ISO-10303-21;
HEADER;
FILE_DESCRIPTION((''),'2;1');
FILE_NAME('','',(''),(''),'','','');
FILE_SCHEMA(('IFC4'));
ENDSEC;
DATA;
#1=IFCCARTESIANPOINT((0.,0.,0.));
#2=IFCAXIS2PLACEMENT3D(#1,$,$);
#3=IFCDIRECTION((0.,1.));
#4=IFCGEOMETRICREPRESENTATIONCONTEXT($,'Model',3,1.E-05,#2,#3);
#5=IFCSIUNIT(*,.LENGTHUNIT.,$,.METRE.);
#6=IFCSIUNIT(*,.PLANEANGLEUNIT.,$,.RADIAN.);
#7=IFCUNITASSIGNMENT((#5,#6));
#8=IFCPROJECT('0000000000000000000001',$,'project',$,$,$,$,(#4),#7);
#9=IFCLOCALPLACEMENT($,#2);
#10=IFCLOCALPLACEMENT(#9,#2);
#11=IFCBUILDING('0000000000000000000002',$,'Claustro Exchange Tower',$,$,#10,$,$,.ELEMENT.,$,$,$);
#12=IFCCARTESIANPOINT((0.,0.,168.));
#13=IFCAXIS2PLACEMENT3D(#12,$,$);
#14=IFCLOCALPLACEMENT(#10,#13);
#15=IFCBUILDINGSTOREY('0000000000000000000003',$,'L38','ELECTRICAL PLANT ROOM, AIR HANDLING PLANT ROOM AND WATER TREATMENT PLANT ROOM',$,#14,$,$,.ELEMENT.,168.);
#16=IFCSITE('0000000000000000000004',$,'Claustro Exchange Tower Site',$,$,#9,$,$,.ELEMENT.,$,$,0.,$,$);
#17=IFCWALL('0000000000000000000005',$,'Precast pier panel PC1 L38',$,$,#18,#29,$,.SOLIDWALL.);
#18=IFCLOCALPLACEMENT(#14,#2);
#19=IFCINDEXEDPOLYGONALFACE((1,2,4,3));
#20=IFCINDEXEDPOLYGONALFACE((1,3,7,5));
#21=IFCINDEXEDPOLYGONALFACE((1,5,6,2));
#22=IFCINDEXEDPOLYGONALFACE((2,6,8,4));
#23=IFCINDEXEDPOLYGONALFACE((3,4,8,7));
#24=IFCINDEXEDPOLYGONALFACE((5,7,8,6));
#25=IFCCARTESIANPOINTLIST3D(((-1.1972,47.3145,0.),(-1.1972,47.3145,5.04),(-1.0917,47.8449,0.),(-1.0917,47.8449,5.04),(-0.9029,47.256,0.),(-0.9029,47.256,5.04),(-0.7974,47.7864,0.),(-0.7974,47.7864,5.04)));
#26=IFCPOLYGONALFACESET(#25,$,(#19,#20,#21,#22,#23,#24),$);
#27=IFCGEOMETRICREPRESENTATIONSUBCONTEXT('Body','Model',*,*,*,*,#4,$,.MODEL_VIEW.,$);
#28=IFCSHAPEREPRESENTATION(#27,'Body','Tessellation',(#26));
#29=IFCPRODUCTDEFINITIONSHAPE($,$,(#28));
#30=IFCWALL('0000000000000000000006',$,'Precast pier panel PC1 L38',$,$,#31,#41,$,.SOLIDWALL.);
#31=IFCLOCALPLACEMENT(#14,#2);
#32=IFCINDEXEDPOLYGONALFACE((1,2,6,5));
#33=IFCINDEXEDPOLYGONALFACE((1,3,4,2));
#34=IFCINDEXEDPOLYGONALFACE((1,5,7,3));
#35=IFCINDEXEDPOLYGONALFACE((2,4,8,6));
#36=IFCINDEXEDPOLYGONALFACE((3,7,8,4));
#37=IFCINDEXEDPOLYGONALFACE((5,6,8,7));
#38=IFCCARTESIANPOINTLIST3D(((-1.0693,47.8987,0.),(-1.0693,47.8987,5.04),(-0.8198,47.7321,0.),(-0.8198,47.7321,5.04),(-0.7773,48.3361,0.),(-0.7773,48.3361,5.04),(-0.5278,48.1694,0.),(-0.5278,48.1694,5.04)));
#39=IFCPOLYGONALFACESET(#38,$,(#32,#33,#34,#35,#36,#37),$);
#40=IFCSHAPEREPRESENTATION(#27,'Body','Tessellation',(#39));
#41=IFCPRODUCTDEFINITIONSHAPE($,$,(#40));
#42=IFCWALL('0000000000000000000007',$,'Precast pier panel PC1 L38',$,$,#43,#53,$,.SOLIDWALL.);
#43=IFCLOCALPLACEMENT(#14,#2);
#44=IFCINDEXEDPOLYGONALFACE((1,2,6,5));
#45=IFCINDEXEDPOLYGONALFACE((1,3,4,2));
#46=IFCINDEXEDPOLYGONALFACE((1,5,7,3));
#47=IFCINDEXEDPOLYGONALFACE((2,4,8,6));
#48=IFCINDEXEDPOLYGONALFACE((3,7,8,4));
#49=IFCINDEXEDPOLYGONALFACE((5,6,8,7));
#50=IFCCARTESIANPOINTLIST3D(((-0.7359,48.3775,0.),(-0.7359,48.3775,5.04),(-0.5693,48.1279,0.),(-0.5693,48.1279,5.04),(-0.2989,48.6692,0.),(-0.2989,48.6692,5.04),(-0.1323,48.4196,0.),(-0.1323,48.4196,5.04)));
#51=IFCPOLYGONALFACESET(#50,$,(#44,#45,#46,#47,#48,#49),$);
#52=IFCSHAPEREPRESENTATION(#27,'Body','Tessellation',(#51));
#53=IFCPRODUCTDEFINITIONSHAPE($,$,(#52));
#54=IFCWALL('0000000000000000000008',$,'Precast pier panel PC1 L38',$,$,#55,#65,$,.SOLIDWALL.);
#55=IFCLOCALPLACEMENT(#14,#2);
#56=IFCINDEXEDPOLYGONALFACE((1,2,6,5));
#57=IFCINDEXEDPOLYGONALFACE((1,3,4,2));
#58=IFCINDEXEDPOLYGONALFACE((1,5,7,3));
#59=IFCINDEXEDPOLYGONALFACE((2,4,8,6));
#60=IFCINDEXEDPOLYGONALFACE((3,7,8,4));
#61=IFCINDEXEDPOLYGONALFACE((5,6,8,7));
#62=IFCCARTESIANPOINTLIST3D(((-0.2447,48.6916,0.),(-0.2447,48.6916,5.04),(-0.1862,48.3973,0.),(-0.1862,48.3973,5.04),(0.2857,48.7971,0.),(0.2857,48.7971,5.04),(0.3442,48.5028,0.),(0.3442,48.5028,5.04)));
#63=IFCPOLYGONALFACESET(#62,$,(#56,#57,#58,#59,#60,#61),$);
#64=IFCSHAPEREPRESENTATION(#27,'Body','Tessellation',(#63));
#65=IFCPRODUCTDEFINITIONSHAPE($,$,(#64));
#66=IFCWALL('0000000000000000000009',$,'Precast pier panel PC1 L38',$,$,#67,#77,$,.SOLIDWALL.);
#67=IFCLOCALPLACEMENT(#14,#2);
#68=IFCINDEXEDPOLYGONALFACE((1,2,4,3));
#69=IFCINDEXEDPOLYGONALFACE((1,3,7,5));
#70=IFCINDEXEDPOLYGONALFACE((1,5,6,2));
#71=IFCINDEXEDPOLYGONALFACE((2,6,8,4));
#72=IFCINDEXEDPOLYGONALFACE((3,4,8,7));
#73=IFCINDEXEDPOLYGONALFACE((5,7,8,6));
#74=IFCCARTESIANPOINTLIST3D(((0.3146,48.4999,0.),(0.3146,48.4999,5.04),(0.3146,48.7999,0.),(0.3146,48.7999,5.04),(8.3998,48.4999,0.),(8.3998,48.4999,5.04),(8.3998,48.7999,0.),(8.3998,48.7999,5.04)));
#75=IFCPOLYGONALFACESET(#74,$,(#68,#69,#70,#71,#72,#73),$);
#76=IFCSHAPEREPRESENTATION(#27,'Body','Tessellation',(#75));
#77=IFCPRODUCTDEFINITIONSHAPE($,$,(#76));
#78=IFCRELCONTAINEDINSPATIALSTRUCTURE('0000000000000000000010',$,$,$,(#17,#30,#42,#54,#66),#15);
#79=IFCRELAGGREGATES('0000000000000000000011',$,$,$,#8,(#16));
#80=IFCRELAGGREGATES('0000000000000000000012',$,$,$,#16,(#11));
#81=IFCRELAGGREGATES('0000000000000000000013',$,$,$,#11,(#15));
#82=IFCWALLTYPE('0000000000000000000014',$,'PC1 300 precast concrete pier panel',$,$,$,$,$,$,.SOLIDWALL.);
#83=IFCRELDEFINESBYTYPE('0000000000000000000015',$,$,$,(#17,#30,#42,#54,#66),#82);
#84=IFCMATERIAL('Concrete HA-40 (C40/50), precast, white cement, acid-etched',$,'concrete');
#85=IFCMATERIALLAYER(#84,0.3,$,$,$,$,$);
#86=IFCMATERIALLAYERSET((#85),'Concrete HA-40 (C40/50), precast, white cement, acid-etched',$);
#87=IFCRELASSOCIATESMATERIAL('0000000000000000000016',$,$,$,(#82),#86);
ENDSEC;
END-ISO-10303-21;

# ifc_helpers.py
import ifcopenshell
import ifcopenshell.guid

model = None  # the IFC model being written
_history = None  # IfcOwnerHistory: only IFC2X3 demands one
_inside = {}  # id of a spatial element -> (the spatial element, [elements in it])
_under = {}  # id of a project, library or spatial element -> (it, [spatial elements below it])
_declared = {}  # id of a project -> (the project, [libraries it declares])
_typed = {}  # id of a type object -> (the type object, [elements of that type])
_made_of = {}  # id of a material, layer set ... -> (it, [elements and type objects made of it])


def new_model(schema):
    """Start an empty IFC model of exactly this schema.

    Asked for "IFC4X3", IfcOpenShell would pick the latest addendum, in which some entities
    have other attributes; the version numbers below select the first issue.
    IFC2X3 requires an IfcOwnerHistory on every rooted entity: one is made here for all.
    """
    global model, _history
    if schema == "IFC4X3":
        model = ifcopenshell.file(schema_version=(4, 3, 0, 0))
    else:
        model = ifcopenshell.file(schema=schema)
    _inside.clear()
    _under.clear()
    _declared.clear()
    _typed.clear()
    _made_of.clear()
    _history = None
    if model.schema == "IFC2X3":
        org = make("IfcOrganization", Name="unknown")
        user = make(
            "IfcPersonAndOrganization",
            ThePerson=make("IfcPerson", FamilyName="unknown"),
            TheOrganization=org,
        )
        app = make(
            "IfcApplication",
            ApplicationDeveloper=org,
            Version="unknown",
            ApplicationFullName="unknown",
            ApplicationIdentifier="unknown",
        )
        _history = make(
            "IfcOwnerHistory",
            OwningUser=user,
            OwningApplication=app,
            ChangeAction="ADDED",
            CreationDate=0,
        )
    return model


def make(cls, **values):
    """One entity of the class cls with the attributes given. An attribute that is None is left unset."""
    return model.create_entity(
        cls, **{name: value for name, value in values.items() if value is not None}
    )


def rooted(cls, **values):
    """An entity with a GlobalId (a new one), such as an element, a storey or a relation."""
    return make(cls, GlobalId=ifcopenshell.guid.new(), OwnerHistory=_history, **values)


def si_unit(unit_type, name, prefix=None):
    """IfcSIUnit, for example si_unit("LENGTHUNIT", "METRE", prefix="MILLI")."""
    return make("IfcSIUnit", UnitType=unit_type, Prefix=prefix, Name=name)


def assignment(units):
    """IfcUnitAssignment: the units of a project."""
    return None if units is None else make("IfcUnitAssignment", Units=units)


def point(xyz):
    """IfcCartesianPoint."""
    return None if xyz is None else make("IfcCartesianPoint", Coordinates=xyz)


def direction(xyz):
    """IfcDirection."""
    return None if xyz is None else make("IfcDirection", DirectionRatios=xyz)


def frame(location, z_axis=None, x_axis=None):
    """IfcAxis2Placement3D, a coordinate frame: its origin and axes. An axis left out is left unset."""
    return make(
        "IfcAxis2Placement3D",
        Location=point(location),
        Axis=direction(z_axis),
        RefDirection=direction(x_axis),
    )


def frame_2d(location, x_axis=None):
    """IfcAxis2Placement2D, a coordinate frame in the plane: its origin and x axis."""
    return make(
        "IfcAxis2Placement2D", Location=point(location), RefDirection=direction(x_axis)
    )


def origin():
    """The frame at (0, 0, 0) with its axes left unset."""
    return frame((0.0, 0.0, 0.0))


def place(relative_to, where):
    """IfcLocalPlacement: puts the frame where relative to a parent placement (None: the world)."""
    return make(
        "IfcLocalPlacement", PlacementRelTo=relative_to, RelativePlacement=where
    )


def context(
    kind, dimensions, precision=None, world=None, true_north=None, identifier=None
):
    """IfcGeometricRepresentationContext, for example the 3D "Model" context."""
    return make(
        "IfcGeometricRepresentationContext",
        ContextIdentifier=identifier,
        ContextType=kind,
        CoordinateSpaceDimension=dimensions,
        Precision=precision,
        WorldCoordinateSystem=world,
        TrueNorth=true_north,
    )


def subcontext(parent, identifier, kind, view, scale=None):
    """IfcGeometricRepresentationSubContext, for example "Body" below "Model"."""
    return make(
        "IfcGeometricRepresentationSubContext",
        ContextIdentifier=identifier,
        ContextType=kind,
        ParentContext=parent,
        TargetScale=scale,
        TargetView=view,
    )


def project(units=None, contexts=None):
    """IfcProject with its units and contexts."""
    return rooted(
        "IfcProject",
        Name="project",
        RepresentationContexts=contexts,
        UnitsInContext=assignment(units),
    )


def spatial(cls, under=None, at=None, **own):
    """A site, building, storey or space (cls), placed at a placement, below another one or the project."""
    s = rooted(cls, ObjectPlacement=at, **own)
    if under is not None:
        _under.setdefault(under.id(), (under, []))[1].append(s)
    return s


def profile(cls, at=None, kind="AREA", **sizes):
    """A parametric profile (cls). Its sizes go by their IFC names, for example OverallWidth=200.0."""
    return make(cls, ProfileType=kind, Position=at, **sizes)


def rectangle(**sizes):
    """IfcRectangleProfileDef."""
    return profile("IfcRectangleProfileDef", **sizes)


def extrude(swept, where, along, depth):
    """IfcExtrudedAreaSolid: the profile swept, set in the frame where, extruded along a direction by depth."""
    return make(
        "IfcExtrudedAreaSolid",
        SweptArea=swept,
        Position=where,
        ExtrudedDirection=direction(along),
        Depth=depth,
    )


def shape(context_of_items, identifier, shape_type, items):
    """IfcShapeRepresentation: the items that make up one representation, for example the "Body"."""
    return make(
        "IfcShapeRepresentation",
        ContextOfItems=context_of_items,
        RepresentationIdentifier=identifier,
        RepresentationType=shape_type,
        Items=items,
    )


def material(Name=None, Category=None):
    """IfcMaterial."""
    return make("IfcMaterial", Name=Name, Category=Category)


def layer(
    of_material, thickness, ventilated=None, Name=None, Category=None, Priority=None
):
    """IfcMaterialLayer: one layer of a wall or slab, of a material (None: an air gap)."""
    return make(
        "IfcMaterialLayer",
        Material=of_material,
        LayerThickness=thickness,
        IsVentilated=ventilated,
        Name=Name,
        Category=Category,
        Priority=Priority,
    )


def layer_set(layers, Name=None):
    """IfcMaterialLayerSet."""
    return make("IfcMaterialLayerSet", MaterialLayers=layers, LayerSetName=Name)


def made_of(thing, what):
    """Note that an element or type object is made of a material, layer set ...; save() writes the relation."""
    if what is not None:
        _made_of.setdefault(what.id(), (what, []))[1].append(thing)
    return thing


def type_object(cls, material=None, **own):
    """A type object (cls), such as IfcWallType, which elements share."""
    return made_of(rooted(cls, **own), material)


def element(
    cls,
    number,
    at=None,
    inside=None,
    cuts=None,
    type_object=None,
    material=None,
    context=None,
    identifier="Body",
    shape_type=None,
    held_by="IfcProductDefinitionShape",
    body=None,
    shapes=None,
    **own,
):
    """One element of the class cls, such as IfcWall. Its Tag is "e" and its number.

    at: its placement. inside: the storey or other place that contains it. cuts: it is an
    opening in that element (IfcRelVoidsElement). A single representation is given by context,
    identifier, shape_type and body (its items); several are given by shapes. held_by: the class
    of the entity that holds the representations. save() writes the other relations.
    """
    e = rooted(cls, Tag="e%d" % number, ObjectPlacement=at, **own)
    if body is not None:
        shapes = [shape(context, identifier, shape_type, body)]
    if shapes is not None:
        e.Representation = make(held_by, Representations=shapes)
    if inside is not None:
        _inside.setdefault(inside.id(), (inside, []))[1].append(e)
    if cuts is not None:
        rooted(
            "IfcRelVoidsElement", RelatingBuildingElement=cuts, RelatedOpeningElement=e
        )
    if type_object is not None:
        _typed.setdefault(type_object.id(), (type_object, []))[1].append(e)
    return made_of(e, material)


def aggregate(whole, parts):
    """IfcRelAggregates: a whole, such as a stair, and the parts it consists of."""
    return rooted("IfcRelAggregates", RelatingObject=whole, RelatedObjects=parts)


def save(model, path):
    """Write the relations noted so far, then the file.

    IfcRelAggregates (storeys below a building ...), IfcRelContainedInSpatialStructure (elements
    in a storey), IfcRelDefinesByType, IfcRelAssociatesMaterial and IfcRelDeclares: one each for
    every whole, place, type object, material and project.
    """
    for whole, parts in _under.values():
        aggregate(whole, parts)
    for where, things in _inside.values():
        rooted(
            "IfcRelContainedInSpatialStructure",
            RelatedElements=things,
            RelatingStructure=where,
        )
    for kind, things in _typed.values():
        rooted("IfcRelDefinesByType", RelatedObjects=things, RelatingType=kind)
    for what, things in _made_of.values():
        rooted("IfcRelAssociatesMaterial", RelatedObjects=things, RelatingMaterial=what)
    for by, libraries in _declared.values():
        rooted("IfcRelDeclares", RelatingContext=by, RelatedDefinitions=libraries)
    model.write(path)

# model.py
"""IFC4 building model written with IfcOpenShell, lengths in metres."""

from ifc_helpers import new_model, si_unit, direction, frame, frame_2d, origin, place, context, subcontext, project, spatial, rectangle, extrude, material, layer, layer_set, type_object, element, save


model = new_model("IFC4")

# Units and contexts
model_context = context("Model", 3, precision=1e-05, world=origin(), true_north=direction((0.0, 1.0)))
body_context = subcontext(model_context, "Body", "Model", "MODEL_VIEW")
ifc_project = project(units=[si_unit("LENGTHUNIT", "METRE"), si_unit("PLANEANGLEUNIT", "RADIAN")], contexts=[model_context])

# Site, building, storey
site_placement = place(None, origin())
site = spatial("IfcSite", under=ifc_project, at=site_placement, Name="Claustro Exchange Tower Site", CompositionType="ELEMENT", RefElevation=0.0)
building_placement = place(site_placement, origin())
building = spatial("IfcBuilding", under=site, at=building_placement, Name="Claustro Exchange Tower", CompositionType="ELEMENT")
storey_placement = place(building_placement, frame((0.0, 0.0, 168.0)))
storey = spatial("IfcBuildingStorey", under=building, at=storey_placement, Name="L38", Description="ELECTRICAL PLANT ROOM, AIR HANDLING PLANT ROOM AND WATER TREATMENT PLANT ROOM", CompositionType="ELEMENT", Elevation=168.0)

# Shared definitions
ifc_material_1 = material(Name="Concrete HA-40 (C40/50), precast, white cement, acid-etched", Category="concrete")
ifc_layer_1 = layer(ifc_material_1, 0.3)
ifc_layer_set_1 = layer_set([ifc_layer_1], Name="Concrete HA-40 (C40/50), precast, white cement, acid-etched")
wall_type_1 = type_object("IfcWallType", Name="PC1 300 precast concrete pier panel", PredefinedType="SOLIDWALL", material=ifc_layer_set_1)

# Walls
wall_1_placement = place(storey_placement, frame((-1.05, 47.2852, 0.0), z_axis=(0.0, 0.0, 1.0), x_axis=(0.195074, 0.980789, 0.0)))
element("IfcWall", 1, at=wall_1_placement, inside=storey, type_object=wall_type_1, Name="Precast pier panel PC1 L38", PredefinedType="SOLIDWALL", context=body_context, shape_type="SweptSolid", body=[
    extrude(rectangle(XDim=0.5408, YDim=0.3, at=frame_2d((0.2705, 0.0))), origin(), (0.0, 0.0, 1.0), 5.04),
])
wall_2_placement = place(storey_placement, frame((-0.9446, 47.8154, 0.0), z_axis=(0.0, 0.0, 1.0), x_axis=(0.555343, 0.831621, 0.0)))
element("IfcWall", 2, at=wall_2_placement, inside=storey, type_object=wall_type_1, Name="Precast pier panel PC1 L38", PredefinedType="SOLIDWALL", context=body_context, shape_type="SweptSolid", body=[
    extrude(rectangle(XDim=0.5259, YDim=0.3, at=frame_2d((0.2629, 0.0))), origin(), (0.0, 0.0, 1.0), 5.04),
])
wall_3_placement = place(storey_placement, frame((-0.6526, 48.2527, 0.0), z_axis=(0.0, 0.0, 1.0), x_axis=(0.831693, 0.555236, 0.0)))
element("IfcWall", 3, at=wall_3_placement, inside=storey, type_object=wall_type_1, Name="Precast pier panel PC1 L38", PredefinedType="SOLIDWALL", context=body_context, shape_type="SweptSolid", body=[
    extrude(rectangle(XDim=0.5254, YDim=0.3, at=frame_2d((0.2627, 0.0))), origin(), (0.0, 0.0, 1.0), 5.04),
])
wall_4_placement = place(storey_placement, frame((-0.2156, 48.5444, 0.0), z_axis=(0.0, 0.0, 1.0), x_axis=(0.980789, 0.195074, 0.0)))
element("IfcWall", 4, at=wall_4_placement, inside=storey, type_object=wall_type_1, Name="Precast pier panel PC1 L38", PredefinedType="SOLIDWALL", context=body_context, shape_type="SweptSolid", body=[
    extrude(rectangle(XDim=0.5408, YDim=0.3, at=frame_2d((0.2705, 0.0))), origin(), (0.0, 0.0, 1.0), 5.04),
])
wall_5_placement = place(storey_placement, frame((0.3147, 48.6499, 0.0), z_axis=(0.0, 0.0, 1.0), x_axis=(1.0, 0.0, 0.0)))
element("IfcWall", 5, at=wall_5_placement, inside=storey, type_object=wall_type_1, Name="Precast pier panel PC1 L38", PredefinedType="SOLIDWALL", context=body_context, shape_type="SweptSolid", body=[
    extrude(rectangle(XDim=8.0852, YDim=0.3, at=frame_2d((4.0425, 0.0))), origin(), (0.0, 0.0, 1.0), 5.04),
])

save(model, "model.ifc")
